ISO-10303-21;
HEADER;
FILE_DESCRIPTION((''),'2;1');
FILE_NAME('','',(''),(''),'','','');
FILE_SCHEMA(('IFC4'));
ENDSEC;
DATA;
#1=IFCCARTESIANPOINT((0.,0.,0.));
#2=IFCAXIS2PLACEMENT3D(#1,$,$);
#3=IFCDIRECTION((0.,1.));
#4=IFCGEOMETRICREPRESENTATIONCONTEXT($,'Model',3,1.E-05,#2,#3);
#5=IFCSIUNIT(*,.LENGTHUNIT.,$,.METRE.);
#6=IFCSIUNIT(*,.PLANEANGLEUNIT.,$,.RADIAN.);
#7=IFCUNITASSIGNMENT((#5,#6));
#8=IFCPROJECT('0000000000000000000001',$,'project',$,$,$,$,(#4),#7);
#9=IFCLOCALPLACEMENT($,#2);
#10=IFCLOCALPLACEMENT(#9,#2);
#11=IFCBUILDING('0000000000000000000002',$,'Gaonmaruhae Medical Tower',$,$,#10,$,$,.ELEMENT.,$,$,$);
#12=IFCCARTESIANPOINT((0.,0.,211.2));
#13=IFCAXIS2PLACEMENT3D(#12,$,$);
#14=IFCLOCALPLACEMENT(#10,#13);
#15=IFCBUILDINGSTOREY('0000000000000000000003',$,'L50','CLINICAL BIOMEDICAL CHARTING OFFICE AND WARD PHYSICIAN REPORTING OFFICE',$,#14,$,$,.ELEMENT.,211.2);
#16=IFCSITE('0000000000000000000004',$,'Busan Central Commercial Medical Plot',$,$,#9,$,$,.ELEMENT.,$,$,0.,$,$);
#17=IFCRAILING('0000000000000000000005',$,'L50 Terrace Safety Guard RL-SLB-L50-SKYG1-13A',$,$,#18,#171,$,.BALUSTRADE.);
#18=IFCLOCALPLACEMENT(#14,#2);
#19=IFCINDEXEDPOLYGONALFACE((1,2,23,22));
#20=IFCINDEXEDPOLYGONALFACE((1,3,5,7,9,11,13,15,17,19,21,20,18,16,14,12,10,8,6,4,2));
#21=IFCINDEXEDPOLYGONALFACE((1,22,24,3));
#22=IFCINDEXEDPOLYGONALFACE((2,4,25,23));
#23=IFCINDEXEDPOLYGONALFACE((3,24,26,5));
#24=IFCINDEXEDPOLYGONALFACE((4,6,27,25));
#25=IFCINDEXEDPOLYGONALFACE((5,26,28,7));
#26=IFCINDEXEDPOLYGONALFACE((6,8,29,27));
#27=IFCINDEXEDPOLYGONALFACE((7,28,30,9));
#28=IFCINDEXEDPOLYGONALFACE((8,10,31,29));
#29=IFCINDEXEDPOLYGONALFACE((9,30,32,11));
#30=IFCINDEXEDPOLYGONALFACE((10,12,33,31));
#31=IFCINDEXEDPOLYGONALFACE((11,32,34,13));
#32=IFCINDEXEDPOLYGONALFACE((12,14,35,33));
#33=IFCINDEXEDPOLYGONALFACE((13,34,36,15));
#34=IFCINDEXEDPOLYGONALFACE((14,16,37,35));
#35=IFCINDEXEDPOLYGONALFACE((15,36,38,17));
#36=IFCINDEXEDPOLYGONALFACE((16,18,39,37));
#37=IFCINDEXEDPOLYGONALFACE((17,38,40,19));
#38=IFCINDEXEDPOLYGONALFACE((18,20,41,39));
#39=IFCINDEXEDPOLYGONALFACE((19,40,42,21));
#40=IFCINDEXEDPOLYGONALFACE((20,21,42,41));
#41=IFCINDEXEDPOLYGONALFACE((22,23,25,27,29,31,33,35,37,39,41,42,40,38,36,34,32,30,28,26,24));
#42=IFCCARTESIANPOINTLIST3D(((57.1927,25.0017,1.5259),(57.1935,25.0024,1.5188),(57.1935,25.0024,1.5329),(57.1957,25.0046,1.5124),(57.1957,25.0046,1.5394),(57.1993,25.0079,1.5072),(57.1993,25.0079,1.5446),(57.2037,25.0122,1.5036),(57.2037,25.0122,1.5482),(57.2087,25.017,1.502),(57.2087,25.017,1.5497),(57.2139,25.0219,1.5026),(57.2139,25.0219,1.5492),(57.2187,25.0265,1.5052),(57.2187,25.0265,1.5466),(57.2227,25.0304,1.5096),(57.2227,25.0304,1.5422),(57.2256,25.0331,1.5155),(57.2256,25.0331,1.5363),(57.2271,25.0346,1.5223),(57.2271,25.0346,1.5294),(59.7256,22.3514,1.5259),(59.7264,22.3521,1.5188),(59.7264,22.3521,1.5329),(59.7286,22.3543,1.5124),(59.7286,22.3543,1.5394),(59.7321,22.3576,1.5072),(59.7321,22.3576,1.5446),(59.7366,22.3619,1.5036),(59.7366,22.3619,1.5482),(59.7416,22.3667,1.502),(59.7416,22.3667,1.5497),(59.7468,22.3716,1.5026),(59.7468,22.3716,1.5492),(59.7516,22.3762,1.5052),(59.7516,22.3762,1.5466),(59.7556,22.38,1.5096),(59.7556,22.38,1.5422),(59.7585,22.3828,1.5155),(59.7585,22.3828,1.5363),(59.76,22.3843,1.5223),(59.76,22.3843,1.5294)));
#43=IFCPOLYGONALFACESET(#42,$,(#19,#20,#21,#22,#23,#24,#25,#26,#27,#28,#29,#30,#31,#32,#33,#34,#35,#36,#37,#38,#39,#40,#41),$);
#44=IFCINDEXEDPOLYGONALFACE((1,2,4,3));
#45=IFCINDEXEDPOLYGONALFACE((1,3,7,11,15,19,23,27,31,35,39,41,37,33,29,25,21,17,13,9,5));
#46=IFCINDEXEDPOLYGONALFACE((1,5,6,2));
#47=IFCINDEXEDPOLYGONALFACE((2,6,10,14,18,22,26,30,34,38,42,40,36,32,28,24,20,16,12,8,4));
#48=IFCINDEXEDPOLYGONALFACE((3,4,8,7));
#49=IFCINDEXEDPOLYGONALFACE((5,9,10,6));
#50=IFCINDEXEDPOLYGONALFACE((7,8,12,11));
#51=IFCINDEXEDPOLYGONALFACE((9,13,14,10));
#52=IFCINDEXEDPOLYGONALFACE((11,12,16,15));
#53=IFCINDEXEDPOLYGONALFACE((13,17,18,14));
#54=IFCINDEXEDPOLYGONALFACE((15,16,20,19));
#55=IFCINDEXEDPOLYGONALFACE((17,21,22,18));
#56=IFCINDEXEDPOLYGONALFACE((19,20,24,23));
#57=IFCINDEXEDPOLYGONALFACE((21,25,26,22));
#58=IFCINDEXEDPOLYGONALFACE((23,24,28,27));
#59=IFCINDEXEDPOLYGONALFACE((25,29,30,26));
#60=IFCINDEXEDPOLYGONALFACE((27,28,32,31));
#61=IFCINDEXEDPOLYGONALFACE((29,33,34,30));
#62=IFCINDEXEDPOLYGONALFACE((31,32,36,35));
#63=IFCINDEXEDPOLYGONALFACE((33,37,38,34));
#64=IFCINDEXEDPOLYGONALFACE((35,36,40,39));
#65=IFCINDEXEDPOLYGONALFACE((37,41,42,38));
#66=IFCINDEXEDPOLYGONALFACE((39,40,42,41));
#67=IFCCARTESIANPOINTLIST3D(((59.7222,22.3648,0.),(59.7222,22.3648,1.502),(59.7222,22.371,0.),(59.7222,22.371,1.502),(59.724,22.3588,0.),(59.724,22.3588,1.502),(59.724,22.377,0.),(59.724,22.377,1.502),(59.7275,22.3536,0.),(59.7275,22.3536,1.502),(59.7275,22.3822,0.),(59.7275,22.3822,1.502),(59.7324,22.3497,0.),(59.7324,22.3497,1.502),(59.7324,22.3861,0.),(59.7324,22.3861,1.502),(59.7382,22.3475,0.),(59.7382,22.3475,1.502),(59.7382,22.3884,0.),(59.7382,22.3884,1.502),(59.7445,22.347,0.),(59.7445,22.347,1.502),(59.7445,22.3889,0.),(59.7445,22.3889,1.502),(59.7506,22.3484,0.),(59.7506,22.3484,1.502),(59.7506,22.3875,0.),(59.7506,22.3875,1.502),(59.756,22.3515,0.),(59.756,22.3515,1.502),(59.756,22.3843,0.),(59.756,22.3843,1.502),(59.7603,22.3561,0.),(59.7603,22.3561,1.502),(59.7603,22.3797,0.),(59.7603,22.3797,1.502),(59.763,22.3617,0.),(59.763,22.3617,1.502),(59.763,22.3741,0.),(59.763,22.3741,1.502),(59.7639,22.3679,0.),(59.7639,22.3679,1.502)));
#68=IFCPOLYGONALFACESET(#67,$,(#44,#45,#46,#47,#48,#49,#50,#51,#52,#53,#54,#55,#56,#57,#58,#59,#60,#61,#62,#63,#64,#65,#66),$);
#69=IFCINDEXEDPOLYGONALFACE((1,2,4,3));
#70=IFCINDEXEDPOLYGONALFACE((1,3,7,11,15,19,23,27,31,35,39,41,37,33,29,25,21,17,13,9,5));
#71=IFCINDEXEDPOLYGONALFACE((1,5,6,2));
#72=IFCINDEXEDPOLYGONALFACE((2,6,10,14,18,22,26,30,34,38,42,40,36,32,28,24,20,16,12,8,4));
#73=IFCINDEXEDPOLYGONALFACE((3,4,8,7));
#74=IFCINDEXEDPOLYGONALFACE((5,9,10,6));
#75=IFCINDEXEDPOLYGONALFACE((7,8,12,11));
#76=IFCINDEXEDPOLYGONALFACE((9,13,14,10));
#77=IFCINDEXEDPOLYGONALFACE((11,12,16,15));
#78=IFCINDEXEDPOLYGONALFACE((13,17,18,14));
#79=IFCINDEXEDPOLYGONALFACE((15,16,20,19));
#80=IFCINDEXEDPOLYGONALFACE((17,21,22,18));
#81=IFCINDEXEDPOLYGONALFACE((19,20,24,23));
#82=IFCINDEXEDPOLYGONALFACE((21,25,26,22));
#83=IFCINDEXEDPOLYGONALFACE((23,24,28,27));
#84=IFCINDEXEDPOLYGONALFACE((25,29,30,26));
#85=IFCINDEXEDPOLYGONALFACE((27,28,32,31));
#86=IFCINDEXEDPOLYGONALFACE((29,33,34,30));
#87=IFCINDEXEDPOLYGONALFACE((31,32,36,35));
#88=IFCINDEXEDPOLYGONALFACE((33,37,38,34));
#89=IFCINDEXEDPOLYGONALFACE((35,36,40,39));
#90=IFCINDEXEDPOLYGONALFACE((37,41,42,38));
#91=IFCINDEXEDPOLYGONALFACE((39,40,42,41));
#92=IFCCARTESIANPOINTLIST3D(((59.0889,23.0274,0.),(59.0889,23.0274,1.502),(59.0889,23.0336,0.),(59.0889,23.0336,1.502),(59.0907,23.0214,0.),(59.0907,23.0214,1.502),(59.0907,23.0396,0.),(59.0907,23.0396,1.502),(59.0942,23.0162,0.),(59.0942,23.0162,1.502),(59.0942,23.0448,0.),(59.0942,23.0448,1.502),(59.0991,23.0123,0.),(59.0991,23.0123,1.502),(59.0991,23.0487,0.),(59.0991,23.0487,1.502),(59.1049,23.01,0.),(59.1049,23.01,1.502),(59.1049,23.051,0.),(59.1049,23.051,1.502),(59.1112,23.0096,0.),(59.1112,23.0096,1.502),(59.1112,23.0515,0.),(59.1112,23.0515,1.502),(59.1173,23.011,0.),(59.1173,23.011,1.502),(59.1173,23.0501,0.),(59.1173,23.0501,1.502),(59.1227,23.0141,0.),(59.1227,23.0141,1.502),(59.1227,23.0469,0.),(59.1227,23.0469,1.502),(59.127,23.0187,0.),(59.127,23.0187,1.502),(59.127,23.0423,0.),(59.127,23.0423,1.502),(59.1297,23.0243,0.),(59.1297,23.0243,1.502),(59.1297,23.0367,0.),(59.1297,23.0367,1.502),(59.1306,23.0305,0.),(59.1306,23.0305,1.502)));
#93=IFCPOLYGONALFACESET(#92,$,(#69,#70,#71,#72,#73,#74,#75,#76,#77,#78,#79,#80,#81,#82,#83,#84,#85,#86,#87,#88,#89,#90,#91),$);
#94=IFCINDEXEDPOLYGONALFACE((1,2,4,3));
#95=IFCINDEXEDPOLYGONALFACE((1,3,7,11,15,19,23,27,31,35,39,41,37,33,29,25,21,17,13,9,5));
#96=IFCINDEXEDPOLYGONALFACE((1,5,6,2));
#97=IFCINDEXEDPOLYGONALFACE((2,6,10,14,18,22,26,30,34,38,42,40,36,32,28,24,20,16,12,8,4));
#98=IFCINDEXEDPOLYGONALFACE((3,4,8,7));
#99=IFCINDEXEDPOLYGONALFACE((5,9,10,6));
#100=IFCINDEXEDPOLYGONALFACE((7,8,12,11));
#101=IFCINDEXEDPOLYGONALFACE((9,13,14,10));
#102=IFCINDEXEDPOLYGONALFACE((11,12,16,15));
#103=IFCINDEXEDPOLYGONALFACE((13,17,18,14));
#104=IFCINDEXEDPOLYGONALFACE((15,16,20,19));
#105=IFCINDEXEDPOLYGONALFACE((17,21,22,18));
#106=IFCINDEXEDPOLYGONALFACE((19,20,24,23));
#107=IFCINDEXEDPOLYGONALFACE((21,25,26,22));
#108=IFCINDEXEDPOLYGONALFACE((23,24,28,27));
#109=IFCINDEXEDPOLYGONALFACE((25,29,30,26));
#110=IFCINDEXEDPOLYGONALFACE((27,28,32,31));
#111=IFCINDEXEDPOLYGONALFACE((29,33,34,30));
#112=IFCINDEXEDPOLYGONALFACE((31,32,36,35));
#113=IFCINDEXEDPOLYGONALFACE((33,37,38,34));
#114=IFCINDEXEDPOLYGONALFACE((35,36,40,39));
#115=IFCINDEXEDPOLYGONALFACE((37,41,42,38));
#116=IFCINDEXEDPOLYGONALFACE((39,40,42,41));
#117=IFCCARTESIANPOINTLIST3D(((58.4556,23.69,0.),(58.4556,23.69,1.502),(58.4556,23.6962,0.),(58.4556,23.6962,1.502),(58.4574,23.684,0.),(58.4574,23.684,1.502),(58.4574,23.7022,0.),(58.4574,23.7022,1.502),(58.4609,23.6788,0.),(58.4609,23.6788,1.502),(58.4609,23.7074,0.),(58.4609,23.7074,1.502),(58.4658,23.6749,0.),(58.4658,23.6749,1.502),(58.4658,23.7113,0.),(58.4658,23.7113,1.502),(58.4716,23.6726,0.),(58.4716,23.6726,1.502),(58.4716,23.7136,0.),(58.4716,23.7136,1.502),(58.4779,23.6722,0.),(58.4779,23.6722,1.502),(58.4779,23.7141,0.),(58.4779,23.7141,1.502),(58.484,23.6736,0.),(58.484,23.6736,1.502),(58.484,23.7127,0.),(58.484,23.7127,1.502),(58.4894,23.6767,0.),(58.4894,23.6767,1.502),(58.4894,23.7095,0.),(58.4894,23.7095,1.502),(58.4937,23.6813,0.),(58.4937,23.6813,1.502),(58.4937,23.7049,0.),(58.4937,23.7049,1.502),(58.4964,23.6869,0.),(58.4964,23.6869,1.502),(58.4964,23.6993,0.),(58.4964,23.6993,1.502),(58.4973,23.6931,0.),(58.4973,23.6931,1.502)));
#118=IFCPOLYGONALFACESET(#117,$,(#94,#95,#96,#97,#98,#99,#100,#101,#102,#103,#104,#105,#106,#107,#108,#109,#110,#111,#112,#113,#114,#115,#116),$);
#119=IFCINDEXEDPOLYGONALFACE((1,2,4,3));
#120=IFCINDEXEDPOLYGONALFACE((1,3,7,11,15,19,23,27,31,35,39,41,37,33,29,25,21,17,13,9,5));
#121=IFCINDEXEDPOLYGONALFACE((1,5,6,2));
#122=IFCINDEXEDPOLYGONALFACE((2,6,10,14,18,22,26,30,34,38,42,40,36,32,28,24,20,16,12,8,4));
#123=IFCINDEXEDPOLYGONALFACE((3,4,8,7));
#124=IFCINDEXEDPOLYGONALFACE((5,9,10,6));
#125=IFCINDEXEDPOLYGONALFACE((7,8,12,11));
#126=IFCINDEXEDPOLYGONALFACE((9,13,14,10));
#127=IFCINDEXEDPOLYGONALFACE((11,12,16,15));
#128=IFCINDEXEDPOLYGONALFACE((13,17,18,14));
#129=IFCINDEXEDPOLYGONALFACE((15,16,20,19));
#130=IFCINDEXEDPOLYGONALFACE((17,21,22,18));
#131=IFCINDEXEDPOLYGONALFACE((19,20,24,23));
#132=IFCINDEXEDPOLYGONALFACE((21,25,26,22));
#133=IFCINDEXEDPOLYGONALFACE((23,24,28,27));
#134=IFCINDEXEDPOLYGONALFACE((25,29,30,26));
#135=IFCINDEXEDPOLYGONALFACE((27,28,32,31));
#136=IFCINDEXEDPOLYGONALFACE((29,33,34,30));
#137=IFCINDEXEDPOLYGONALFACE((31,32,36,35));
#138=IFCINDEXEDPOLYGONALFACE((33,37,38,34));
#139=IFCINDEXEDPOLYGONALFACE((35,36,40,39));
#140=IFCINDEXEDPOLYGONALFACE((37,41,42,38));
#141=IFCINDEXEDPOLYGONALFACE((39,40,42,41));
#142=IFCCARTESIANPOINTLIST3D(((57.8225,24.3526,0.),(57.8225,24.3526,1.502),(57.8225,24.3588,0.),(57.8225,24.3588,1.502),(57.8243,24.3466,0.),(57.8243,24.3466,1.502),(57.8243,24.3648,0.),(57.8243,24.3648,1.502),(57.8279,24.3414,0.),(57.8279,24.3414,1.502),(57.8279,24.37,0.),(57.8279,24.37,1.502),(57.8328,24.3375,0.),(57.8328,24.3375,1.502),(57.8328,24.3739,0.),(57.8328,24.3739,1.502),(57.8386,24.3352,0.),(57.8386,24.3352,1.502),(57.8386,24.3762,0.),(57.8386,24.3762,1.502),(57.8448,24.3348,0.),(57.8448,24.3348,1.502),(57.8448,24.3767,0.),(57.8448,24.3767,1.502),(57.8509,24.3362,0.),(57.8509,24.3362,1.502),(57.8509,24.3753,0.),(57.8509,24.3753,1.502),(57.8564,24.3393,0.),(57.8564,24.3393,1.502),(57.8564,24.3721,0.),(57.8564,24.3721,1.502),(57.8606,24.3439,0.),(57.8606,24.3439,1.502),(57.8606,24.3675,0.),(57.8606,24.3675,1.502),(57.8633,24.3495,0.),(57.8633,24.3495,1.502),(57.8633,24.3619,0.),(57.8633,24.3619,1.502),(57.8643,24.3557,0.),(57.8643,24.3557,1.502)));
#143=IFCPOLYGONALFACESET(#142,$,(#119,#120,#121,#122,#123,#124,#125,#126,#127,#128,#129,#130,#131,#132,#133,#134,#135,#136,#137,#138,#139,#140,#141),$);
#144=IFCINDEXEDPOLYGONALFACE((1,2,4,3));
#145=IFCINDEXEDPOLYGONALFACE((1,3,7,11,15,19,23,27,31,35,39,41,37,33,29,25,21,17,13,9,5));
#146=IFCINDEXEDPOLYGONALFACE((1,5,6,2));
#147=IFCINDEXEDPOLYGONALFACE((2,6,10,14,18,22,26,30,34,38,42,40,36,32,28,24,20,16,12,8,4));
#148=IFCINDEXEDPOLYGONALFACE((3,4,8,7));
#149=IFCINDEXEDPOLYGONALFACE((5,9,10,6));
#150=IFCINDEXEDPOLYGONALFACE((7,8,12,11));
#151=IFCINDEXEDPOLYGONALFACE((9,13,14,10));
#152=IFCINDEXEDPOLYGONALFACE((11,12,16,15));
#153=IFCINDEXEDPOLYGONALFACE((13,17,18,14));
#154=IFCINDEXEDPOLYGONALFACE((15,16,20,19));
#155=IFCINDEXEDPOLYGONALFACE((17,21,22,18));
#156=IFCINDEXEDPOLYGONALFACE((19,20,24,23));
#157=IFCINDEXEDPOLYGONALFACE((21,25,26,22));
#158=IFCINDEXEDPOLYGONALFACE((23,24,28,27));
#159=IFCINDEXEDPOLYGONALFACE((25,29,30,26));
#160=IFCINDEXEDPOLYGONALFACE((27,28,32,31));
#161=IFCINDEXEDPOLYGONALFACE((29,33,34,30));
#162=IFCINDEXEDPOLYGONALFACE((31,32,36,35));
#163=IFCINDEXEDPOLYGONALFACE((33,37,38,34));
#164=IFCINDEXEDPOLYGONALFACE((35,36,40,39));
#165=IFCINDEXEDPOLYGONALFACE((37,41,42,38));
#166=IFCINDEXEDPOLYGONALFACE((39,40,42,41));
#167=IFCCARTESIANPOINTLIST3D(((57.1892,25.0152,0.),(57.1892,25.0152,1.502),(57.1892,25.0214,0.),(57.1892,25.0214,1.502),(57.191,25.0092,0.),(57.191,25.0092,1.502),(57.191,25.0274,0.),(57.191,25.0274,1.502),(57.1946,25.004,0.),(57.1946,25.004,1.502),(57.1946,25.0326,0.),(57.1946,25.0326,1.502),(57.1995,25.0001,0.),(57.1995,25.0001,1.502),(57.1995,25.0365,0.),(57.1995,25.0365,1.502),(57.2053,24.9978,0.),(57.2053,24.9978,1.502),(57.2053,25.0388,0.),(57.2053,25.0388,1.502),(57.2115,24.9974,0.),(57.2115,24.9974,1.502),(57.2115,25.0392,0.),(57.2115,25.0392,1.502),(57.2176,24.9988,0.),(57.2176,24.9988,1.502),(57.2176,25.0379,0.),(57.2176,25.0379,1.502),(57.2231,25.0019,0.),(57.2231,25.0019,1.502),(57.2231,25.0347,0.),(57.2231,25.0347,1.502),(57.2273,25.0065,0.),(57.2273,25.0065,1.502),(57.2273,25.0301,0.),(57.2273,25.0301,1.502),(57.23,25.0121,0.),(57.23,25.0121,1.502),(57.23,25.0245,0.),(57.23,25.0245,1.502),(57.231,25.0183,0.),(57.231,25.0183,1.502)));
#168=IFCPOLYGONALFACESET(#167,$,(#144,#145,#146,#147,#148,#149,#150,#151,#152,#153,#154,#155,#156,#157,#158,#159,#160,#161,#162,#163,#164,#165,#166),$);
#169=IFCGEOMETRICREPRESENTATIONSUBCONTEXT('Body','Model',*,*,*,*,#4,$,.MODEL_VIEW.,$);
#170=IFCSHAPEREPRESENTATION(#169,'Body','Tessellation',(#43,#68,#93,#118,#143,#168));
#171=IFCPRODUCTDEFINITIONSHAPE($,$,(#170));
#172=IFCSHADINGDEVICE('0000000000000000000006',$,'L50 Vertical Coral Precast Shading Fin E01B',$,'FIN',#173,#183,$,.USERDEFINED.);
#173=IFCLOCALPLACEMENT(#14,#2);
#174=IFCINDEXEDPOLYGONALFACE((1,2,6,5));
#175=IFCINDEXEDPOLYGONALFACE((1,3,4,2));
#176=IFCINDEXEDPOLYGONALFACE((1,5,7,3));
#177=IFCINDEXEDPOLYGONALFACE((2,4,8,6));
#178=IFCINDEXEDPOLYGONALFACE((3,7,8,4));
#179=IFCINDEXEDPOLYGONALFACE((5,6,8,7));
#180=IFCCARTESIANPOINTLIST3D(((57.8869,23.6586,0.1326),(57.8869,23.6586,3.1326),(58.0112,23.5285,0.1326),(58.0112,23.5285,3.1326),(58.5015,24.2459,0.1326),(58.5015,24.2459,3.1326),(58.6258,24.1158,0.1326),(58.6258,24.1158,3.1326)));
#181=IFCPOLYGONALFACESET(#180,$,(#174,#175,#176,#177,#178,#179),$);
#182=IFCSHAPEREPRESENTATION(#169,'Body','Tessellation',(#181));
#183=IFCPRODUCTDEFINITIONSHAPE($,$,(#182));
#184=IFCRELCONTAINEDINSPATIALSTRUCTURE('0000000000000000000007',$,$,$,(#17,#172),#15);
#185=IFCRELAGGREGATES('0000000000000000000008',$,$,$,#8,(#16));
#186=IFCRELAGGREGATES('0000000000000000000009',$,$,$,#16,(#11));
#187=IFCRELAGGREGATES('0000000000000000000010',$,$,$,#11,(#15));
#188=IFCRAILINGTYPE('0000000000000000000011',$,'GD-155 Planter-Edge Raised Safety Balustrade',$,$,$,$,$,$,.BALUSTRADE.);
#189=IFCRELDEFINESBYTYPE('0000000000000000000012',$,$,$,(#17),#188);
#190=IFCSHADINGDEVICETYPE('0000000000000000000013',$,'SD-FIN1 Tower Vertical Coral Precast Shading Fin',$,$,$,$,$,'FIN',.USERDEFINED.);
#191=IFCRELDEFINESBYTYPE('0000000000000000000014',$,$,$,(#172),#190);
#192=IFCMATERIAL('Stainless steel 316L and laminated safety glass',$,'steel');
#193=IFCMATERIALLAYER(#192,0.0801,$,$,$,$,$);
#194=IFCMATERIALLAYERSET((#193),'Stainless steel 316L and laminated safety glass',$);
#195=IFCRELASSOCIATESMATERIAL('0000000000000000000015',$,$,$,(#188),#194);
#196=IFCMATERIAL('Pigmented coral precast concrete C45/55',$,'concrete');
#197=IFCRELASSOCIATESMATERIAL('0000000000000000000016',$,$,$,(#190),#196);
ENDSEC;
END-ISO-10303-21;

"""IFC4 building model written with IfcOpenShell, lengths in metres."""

from ifc_helpers import new_model, si_unit, direction, frame, origin, origin_2d, place, context, subcontext, project, spatial, rectangle, circle, extrude, material, layer, layer_set, type_object, element, save


model = new_model("IFC4")

# Units and contexts
model_context = context("Model", 3, precision=1e-05, world=origin(), true_north=direction((0.0, 1.0)))
body_context = subcontext(model_context, "Body", "Model", "MODEL_VIEW")
ifc_project = project(units=[si_unit("LENGTHUNIT", "METRE"), si_unit("PLANEANGLEUNIT", "RADIAN")], contexts=[model_context])

# Site, building, storey
site_placement = place(None, origin())
site = spatial("IfcSite", under=ifc_project, at=site_placement, Name="Busan Central Commercial Medical Plot", CompositionType="ELEMENT", RefElevation=0.0)
building_placement = place(site_placement, origin())
building = spatial("IfcBuilding", under=site, at=building_placement, Name="Gaonmaruhae Medical Tower", CompositionType="ELEMENT")
storey_placement = place(building_placement, frame((0.0, 0.0, 211.2)))
storey = spatial("IfcBuildingStorey", under=building, at=storey_placement, Name="L50", Description="CLINICAL BIOMEDICAL CHARTING OFFICE AND WARD PHYSICIAN REPORTING OFFICE", CompositionType="ELEMENT", Elevation=211.2)

# Railing
ifc_material_1 = material(Name="Stainless steel 316L and laminated safety glass", Category="steel")
ifc_layer_1 = layer(ifc_material_1, 0.0801)
ifc_layer_set_1 = layer_set([ifc_layer_1], Name="Stainless steel 316L and laminated safety glass")
railing_type = type_object("IfcRailingType", Name="GD-155 Planter-Edge Raised Safety Balustrade", PredefinedType="BALUSTRADE", material=ifc_layer_set_1)
railing_1_placement = place(storey_placement, frame((59.7429, 22.3679, 0.0)))
element("IfcRailing", 1, at=railing_1_placement, inside=storey, type_object=railing_type, Name="L50 Terrace Safety Guard RL-SLB-L50-SKYG1-13A", PredefinedType="BALUSTRADE", context=body_context, shape_type="SweptSolid", body=[
    extrude(circle(Radius=0.0239, at=origin_2d()), frame((0.0, 0.0, 1.5259), z_axis=(-0.69091, 0.722941, 0.0), x_axis=(-0.722941, -0.69091, 0.0)), (0.0, 0.0, 1.0), 3.666),
    extrude(circle(Radius=0.021, at=origin_2d()), origin(), (0.0, 0.0, 1.0), 1.502),
    extrude(circle(Radius=0.021, at=origin_2d()), frame((-0.6333, 0.6626, 0.0)), (0.0, 0.0, 1.0), 1.502),
    extrude(circle(Radius=0.021, at=origin_2d()), frame((-1.2666, 1.3252, 0.0)), (0.0, 0.0, 1.0), 1.502),
    extrude(circle(Radius=0.021, at=origin_2d()), frame((-1.8997, 1.9878, 0.0)), (0.0, 0.0, 1.0), 1.502),
    extrude(circle(Radius=0.021, at=origin_2d()), frame((-2.533, 2.6504, 0.0)), (0.0, 0.0, 1.0), 1.502),
])

# Shading device
ifc_material_2 = material(Name="Pigmented coral precast concrete C45/55", Category="concrete")
shading_device_type = type_object("IfcShadingDeviceType", Name="SD-FIN1 Tower Vertical Coral Precast Shading Fin", ElementType="FIN", PredefinedType="USERDEFINED", material=ifc_material_2)
shading_device_placement = place(storey_placement, frame((58.2563, 23.8872, 0.1326), z_axis=(0.0, 0.0, 1.0), x_axis=(0.690882, -0.722967, 0.0)))
element("IfcShadingDevice", 2, at=shading_device_placement, inside=storey, type_object=shading_device_type, Name="L50 Vertical Coral Precast Shading Fin E01B", ObjectType="FIN", PredefinedType="USERDEFINED", context=body_context, shape_type="SweptSolid", body=[
    extrude(rectangle(XDim=0.1799, YDim=0.8501, at=origin_2d()), origin(), (0.0, 0.0, 1.0), 3.0),
])

save(model, "model.ifc")
